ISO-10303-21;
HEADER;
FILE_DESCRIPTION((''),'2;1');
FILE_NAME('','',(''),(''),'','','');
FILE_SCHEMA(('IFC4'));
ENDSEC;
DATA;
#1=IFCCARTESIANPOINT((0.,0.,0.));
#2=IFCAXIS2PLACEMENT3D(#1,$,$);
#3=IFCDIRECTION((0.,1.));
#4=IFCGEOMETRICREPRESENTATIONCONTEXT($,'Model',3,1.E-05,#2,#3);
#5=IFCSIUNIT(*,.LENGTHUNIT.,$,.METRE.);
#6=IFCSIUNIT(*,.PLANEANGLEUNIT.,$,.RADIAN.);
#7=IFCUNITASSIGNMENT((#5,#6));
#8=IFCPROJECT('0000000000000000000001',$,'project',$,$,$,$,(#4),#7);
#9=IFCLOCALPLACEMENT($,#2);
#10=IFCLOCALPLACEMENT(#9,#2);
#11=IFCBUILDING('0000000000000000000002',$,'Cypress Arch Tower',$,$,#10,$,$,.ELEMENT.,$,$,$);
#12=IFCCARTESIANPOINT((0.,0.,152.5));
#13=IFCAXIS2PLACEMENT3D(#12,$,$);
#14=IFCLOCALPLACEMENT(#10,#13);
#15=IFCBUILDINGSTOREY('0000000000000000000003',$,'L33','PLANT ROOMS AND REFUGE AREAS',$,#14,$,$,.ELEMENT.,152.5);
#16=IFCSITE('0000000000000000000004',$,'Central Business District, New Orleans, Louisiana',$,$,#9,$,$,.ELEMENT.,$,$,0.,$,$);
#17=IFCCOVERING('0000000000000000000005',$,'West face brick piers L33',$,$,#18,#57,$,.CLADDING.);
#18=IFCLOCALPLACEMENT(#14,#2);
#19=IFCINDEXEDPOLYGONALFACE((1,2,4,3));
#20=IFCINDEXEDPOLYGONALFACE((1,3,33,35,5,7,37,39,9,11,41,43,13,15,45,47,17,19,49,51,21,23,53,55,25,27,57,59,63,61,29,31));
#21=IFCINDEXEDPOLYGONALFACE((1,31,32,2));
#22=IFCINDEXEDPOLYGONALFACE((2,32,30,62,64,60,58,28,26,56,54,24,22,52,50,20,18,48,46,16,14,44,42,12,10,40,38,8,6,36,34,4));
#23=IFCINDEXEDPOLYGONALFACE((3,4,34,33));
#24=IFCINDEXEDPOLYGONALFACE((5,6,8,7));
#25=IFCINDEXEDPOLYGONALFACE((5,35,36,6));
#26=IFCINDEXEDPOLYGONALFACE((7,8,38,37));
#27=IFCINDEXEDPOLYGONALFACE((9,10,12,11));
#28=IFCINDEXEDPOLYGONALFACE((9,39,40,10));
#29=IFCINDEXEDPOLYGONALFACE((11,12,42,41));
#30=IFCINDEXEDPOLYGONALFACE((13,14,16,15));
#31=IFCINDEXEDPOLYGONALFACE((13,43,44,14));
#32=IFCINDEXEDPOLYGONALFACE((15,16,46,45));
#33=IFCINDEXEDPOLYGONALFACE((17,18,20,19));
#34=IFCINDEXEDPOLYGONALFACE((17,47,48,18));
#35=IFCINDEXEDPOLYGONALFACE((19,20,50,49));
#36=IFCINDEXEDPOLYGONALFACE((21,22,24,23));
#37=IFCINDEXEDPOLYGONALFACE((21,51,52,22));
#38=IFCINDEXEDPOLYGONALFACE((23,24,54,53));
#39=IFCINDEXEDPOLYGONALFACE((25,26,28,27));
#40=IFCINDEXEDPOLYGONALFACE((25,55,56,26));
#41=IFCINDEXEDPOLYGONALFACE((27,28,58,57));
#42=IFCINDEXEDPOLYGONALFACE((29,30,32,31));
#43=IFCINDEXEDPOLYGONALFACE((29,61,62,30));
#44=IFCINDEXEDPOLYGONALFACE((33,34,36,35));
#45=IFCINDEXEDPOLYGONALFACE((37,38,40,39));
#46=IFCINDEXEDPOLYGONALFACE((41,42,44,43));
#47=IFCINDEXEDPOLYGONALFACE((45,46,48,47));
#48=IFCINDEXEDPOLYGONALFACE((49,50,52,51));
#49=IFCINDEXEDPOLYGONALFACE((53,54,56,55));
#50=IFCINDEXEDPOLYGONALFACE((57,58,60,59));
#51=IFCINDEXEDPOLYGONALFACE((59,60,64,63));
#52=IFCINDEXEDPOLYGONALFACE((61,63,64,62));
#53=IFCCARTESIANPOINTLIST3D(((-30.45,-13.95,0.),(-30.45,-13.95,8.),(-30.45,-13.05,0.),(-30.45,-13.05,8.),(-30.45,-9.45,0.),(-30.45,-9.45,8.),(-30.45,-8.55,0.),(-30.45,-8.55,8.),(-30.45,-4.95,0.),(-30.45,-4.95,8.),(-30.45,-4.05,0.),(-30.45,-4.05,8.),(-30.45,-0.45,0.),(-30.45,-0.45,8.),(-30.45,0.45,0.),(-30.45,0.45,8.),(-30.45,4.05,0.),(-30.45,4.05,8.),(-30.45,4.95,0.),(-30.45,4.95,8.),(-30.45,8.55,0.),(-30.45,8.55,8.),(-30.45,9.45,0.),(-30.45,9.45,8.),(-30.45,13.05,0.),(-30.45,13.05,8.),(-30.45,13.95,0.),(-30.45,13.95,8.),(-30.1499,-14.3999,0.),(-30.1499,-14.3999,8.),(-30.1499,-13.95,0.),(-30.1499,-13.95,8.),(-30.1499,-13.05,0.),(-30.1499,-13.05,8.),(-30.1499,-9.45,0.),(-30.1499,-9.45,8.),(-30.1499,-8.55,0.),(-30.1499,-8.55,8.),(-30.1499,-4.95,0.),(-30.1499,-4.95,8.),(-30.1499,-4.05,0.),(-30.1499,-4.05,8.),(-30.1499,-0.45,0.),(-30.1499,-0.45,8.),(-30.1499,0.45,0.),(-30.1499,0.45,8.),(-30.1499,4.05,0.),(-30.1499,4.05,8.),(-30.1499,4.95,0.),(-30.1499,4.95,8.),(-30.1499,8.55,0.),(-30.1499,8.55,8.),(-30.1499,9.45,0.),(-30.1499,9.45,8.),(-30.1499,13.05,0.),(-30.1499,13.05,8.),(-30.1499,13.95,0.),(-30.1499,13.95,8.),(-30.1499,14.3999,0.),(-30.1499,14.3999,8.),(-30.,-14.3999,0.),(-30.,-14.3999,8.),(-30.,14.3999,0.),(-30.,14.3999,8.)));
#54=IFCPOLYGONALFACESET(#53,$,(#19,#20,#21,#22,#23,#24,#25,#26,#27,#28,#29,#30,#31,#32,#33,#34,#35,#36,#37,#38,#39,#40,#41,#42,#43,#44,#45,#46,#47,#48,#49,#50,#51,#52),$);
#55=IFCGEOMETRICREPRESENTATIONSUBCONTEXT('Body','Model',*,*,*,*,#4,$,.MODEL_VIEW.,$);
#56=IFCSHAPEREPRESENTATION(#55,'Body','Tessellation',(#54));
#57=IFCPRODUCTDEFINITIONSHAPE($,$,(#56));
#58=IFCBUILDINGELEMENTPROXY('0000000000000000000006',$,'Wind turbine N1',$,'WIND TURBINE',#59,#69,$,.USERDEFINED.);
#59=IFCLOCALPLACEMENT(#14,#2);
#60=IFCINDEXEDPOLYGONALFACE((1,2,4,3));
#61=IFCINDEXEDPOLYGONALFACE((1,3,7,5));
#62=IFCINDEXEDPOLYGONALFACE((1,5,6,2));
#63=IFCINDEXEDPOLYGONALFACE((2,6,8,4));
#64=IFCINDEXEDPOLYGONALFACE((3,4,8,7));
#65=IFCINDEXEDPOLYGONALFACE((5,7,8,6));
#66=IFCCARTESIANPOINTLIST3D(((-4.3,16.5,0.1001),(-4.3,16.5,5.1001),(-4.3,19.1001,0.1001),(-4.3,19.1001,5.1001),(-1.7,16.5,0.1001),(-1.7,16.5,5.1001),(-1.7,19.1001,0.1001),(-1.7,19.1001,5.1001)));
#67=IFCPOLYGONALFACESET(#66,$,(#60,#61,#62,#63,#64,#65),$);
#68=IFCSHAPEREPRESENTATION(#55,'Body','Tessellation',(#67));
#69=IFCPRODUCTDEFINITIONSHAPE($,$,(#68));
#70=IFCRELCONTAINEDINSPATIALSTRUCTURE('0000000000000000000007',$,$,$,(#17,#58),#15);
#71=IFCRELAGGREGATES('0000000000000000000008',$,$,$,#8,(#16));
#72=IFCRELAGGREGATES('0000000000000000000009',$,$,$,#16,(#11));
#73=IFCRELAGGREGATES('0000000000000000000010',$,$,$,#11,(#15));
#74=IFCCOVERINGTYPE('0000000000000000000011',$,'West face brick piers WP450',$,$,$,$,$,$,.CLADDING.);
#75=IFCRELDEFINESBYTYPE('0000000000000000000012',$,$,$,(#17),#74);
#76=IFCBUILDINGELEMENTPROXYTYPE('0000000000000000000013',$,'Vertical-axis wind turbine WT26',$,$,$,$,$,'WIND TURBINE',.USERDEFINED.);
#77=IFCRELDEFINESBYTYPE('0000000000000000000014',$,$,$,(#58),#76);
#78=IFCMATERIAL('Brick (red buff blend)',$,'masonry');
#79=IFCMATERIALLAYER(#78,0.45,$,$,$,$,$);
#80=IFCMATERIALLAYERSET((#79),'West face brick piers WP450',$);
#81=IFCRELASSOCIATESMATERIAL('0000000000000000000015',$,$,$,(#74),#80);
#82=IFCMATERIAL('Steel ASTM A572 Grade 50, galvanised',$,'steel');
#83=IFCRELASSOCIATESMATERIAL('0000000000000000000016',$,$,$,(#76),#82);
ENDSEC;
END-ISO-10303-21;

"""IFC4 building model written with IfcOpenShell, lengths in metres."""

from ifc_helpers import new_model, si_unit, direction, frame, origin, origin_2d, place, context, subcontext, project, spatial, polyline, rectangle, outline, extrude, material, layer, layer_set, type_object, element, save


model = new_model("IFC4")

# Units and contexts
model_context = context("Model", 3, precision=1e-05, world=origin(), true_north=direction((0.0, 1.0)))
body_context = subcontext(model_context, "Body", "Model", "MODEL_VIEW")
ifc_project = project(units=[si_unit("LENGTHUNIT", "METRE"), si_unit("PLANEANGLEUNIT", "RADIAN")], contexts=[model_context])

# Site, building, storey
site_placement = place(None, origin())
site = spatial("IfcSite", under=ifc_project, at=site_placement, Name="Central Business District, New Orleans, Louisiana", CompositionType="ELEMENT", RefElevation=0.0)
building_placement = place(site_placement, origin())
building = spatial("IfcBuilding", under=site, at=building_placement, Name="Cypress Arch Tower", CompositionType="ELEMENT")
storey_placement = place(building_placement, frame((0.0, 0.0, 152.5)))
storey = spatial("IfcBuildingStorey", under=building, at=storey_placement, Name="L33", Description="PLANT ROOMS AND REFUGE AREAS", CompositionType="ELEMENT", Elevation=152.5)

# Covering
ifc_material_1 = material(Name="Brick (red buff blend)", Category="masonry")
ifc_layer_1 = layer(ifc_material_1, 0.45)
ifc_layer_set_1 = layer_set([ifc_layer_1], Name="West face brick piers WP450")
covering_type = type_object("IfcCoveringType", Name="West face brick piers WP450", PredefinedType="CLADDING", material=ifc_layer_set_1)
covering_placement = place(storey_placement, origin())
element("IfcCovering", 1, at=covering_placement, inside=storey, type_object=covering_type, Name="West face brick piers L33", PredefinedType="CLADDING", context=body_context, shape_type="SweptSolid", body=[
    extrude(outline(polyline([(-30.1499, -13.05), (-30.1499, -9.45), (-30.45, -9.45), (-30.45, -8.55), (-30.1499, -8.55), (-30.1499, -4.95), (-30.45, -4.95), (-30.45, -4.05), (-30.1499, -4.05), (-30.1499, -0.45), (-30.45, -0.45), (-30.45, 0.45), (-30.1499, 0.45), (-30.1499, 4.05), (-30.45, 4.05), (-30.45, 4.95), (-30.1499, 4.95), (-30.1499, 8.55), (-30.45, 8.55), (-30.45, 9.45), (-30.1499, 9.45), (-30.1499, 13.05), (-30.45, 13.05), (-30.45, 13.95), (-30.1499, 13.95), (-30.1499, 14.3999), (-30.0, 14.3999), (-30.0, -14.3999), (-30.1499, -14.3999), (-30.1499, -13.95), (-30.45, -13.95), (-30.45, -13.05), (-30.1499, -13.05)])), origin(), (0.0, 0.0, 1.0), 8.0),
])

# Building element proxy
ifc_material_2 = material(Name="Steel ASTM A572 Grade 50, galvanised", Category="steel")
building_element_proxy_type = type_object("IfcBuildingElementProxyType", Name="Vertical-axis wind turbine WT26", ElementType="WIND TURBINE", PredefinedType="USERDEFINED", material=ifc_material_2)
proxy_placement = place(storey_placement, frame((-3.0, 17.8, 0.1001), z_axis=(0.0, 0.0, 1.0), x_axis=(1.0, 0.0, 0.0)))
element("IfcBuildingElementProxy", 2, at=proxy_placement, inside=storey, type_object=building_element_proxy_type, Name="Wind turbine N1", ObjectType="WIND TURBINE", PredefinedType="USERDEFINED", context=body_context, shape_type="SweptSolid", body=[
    extrude(rectangle(XDim=2.6001, YDim=2.6001, at=origin_2d()), origin(), (0.0, 0.0, 1.0), 5.0),
])

save(model, "model.ifc")
